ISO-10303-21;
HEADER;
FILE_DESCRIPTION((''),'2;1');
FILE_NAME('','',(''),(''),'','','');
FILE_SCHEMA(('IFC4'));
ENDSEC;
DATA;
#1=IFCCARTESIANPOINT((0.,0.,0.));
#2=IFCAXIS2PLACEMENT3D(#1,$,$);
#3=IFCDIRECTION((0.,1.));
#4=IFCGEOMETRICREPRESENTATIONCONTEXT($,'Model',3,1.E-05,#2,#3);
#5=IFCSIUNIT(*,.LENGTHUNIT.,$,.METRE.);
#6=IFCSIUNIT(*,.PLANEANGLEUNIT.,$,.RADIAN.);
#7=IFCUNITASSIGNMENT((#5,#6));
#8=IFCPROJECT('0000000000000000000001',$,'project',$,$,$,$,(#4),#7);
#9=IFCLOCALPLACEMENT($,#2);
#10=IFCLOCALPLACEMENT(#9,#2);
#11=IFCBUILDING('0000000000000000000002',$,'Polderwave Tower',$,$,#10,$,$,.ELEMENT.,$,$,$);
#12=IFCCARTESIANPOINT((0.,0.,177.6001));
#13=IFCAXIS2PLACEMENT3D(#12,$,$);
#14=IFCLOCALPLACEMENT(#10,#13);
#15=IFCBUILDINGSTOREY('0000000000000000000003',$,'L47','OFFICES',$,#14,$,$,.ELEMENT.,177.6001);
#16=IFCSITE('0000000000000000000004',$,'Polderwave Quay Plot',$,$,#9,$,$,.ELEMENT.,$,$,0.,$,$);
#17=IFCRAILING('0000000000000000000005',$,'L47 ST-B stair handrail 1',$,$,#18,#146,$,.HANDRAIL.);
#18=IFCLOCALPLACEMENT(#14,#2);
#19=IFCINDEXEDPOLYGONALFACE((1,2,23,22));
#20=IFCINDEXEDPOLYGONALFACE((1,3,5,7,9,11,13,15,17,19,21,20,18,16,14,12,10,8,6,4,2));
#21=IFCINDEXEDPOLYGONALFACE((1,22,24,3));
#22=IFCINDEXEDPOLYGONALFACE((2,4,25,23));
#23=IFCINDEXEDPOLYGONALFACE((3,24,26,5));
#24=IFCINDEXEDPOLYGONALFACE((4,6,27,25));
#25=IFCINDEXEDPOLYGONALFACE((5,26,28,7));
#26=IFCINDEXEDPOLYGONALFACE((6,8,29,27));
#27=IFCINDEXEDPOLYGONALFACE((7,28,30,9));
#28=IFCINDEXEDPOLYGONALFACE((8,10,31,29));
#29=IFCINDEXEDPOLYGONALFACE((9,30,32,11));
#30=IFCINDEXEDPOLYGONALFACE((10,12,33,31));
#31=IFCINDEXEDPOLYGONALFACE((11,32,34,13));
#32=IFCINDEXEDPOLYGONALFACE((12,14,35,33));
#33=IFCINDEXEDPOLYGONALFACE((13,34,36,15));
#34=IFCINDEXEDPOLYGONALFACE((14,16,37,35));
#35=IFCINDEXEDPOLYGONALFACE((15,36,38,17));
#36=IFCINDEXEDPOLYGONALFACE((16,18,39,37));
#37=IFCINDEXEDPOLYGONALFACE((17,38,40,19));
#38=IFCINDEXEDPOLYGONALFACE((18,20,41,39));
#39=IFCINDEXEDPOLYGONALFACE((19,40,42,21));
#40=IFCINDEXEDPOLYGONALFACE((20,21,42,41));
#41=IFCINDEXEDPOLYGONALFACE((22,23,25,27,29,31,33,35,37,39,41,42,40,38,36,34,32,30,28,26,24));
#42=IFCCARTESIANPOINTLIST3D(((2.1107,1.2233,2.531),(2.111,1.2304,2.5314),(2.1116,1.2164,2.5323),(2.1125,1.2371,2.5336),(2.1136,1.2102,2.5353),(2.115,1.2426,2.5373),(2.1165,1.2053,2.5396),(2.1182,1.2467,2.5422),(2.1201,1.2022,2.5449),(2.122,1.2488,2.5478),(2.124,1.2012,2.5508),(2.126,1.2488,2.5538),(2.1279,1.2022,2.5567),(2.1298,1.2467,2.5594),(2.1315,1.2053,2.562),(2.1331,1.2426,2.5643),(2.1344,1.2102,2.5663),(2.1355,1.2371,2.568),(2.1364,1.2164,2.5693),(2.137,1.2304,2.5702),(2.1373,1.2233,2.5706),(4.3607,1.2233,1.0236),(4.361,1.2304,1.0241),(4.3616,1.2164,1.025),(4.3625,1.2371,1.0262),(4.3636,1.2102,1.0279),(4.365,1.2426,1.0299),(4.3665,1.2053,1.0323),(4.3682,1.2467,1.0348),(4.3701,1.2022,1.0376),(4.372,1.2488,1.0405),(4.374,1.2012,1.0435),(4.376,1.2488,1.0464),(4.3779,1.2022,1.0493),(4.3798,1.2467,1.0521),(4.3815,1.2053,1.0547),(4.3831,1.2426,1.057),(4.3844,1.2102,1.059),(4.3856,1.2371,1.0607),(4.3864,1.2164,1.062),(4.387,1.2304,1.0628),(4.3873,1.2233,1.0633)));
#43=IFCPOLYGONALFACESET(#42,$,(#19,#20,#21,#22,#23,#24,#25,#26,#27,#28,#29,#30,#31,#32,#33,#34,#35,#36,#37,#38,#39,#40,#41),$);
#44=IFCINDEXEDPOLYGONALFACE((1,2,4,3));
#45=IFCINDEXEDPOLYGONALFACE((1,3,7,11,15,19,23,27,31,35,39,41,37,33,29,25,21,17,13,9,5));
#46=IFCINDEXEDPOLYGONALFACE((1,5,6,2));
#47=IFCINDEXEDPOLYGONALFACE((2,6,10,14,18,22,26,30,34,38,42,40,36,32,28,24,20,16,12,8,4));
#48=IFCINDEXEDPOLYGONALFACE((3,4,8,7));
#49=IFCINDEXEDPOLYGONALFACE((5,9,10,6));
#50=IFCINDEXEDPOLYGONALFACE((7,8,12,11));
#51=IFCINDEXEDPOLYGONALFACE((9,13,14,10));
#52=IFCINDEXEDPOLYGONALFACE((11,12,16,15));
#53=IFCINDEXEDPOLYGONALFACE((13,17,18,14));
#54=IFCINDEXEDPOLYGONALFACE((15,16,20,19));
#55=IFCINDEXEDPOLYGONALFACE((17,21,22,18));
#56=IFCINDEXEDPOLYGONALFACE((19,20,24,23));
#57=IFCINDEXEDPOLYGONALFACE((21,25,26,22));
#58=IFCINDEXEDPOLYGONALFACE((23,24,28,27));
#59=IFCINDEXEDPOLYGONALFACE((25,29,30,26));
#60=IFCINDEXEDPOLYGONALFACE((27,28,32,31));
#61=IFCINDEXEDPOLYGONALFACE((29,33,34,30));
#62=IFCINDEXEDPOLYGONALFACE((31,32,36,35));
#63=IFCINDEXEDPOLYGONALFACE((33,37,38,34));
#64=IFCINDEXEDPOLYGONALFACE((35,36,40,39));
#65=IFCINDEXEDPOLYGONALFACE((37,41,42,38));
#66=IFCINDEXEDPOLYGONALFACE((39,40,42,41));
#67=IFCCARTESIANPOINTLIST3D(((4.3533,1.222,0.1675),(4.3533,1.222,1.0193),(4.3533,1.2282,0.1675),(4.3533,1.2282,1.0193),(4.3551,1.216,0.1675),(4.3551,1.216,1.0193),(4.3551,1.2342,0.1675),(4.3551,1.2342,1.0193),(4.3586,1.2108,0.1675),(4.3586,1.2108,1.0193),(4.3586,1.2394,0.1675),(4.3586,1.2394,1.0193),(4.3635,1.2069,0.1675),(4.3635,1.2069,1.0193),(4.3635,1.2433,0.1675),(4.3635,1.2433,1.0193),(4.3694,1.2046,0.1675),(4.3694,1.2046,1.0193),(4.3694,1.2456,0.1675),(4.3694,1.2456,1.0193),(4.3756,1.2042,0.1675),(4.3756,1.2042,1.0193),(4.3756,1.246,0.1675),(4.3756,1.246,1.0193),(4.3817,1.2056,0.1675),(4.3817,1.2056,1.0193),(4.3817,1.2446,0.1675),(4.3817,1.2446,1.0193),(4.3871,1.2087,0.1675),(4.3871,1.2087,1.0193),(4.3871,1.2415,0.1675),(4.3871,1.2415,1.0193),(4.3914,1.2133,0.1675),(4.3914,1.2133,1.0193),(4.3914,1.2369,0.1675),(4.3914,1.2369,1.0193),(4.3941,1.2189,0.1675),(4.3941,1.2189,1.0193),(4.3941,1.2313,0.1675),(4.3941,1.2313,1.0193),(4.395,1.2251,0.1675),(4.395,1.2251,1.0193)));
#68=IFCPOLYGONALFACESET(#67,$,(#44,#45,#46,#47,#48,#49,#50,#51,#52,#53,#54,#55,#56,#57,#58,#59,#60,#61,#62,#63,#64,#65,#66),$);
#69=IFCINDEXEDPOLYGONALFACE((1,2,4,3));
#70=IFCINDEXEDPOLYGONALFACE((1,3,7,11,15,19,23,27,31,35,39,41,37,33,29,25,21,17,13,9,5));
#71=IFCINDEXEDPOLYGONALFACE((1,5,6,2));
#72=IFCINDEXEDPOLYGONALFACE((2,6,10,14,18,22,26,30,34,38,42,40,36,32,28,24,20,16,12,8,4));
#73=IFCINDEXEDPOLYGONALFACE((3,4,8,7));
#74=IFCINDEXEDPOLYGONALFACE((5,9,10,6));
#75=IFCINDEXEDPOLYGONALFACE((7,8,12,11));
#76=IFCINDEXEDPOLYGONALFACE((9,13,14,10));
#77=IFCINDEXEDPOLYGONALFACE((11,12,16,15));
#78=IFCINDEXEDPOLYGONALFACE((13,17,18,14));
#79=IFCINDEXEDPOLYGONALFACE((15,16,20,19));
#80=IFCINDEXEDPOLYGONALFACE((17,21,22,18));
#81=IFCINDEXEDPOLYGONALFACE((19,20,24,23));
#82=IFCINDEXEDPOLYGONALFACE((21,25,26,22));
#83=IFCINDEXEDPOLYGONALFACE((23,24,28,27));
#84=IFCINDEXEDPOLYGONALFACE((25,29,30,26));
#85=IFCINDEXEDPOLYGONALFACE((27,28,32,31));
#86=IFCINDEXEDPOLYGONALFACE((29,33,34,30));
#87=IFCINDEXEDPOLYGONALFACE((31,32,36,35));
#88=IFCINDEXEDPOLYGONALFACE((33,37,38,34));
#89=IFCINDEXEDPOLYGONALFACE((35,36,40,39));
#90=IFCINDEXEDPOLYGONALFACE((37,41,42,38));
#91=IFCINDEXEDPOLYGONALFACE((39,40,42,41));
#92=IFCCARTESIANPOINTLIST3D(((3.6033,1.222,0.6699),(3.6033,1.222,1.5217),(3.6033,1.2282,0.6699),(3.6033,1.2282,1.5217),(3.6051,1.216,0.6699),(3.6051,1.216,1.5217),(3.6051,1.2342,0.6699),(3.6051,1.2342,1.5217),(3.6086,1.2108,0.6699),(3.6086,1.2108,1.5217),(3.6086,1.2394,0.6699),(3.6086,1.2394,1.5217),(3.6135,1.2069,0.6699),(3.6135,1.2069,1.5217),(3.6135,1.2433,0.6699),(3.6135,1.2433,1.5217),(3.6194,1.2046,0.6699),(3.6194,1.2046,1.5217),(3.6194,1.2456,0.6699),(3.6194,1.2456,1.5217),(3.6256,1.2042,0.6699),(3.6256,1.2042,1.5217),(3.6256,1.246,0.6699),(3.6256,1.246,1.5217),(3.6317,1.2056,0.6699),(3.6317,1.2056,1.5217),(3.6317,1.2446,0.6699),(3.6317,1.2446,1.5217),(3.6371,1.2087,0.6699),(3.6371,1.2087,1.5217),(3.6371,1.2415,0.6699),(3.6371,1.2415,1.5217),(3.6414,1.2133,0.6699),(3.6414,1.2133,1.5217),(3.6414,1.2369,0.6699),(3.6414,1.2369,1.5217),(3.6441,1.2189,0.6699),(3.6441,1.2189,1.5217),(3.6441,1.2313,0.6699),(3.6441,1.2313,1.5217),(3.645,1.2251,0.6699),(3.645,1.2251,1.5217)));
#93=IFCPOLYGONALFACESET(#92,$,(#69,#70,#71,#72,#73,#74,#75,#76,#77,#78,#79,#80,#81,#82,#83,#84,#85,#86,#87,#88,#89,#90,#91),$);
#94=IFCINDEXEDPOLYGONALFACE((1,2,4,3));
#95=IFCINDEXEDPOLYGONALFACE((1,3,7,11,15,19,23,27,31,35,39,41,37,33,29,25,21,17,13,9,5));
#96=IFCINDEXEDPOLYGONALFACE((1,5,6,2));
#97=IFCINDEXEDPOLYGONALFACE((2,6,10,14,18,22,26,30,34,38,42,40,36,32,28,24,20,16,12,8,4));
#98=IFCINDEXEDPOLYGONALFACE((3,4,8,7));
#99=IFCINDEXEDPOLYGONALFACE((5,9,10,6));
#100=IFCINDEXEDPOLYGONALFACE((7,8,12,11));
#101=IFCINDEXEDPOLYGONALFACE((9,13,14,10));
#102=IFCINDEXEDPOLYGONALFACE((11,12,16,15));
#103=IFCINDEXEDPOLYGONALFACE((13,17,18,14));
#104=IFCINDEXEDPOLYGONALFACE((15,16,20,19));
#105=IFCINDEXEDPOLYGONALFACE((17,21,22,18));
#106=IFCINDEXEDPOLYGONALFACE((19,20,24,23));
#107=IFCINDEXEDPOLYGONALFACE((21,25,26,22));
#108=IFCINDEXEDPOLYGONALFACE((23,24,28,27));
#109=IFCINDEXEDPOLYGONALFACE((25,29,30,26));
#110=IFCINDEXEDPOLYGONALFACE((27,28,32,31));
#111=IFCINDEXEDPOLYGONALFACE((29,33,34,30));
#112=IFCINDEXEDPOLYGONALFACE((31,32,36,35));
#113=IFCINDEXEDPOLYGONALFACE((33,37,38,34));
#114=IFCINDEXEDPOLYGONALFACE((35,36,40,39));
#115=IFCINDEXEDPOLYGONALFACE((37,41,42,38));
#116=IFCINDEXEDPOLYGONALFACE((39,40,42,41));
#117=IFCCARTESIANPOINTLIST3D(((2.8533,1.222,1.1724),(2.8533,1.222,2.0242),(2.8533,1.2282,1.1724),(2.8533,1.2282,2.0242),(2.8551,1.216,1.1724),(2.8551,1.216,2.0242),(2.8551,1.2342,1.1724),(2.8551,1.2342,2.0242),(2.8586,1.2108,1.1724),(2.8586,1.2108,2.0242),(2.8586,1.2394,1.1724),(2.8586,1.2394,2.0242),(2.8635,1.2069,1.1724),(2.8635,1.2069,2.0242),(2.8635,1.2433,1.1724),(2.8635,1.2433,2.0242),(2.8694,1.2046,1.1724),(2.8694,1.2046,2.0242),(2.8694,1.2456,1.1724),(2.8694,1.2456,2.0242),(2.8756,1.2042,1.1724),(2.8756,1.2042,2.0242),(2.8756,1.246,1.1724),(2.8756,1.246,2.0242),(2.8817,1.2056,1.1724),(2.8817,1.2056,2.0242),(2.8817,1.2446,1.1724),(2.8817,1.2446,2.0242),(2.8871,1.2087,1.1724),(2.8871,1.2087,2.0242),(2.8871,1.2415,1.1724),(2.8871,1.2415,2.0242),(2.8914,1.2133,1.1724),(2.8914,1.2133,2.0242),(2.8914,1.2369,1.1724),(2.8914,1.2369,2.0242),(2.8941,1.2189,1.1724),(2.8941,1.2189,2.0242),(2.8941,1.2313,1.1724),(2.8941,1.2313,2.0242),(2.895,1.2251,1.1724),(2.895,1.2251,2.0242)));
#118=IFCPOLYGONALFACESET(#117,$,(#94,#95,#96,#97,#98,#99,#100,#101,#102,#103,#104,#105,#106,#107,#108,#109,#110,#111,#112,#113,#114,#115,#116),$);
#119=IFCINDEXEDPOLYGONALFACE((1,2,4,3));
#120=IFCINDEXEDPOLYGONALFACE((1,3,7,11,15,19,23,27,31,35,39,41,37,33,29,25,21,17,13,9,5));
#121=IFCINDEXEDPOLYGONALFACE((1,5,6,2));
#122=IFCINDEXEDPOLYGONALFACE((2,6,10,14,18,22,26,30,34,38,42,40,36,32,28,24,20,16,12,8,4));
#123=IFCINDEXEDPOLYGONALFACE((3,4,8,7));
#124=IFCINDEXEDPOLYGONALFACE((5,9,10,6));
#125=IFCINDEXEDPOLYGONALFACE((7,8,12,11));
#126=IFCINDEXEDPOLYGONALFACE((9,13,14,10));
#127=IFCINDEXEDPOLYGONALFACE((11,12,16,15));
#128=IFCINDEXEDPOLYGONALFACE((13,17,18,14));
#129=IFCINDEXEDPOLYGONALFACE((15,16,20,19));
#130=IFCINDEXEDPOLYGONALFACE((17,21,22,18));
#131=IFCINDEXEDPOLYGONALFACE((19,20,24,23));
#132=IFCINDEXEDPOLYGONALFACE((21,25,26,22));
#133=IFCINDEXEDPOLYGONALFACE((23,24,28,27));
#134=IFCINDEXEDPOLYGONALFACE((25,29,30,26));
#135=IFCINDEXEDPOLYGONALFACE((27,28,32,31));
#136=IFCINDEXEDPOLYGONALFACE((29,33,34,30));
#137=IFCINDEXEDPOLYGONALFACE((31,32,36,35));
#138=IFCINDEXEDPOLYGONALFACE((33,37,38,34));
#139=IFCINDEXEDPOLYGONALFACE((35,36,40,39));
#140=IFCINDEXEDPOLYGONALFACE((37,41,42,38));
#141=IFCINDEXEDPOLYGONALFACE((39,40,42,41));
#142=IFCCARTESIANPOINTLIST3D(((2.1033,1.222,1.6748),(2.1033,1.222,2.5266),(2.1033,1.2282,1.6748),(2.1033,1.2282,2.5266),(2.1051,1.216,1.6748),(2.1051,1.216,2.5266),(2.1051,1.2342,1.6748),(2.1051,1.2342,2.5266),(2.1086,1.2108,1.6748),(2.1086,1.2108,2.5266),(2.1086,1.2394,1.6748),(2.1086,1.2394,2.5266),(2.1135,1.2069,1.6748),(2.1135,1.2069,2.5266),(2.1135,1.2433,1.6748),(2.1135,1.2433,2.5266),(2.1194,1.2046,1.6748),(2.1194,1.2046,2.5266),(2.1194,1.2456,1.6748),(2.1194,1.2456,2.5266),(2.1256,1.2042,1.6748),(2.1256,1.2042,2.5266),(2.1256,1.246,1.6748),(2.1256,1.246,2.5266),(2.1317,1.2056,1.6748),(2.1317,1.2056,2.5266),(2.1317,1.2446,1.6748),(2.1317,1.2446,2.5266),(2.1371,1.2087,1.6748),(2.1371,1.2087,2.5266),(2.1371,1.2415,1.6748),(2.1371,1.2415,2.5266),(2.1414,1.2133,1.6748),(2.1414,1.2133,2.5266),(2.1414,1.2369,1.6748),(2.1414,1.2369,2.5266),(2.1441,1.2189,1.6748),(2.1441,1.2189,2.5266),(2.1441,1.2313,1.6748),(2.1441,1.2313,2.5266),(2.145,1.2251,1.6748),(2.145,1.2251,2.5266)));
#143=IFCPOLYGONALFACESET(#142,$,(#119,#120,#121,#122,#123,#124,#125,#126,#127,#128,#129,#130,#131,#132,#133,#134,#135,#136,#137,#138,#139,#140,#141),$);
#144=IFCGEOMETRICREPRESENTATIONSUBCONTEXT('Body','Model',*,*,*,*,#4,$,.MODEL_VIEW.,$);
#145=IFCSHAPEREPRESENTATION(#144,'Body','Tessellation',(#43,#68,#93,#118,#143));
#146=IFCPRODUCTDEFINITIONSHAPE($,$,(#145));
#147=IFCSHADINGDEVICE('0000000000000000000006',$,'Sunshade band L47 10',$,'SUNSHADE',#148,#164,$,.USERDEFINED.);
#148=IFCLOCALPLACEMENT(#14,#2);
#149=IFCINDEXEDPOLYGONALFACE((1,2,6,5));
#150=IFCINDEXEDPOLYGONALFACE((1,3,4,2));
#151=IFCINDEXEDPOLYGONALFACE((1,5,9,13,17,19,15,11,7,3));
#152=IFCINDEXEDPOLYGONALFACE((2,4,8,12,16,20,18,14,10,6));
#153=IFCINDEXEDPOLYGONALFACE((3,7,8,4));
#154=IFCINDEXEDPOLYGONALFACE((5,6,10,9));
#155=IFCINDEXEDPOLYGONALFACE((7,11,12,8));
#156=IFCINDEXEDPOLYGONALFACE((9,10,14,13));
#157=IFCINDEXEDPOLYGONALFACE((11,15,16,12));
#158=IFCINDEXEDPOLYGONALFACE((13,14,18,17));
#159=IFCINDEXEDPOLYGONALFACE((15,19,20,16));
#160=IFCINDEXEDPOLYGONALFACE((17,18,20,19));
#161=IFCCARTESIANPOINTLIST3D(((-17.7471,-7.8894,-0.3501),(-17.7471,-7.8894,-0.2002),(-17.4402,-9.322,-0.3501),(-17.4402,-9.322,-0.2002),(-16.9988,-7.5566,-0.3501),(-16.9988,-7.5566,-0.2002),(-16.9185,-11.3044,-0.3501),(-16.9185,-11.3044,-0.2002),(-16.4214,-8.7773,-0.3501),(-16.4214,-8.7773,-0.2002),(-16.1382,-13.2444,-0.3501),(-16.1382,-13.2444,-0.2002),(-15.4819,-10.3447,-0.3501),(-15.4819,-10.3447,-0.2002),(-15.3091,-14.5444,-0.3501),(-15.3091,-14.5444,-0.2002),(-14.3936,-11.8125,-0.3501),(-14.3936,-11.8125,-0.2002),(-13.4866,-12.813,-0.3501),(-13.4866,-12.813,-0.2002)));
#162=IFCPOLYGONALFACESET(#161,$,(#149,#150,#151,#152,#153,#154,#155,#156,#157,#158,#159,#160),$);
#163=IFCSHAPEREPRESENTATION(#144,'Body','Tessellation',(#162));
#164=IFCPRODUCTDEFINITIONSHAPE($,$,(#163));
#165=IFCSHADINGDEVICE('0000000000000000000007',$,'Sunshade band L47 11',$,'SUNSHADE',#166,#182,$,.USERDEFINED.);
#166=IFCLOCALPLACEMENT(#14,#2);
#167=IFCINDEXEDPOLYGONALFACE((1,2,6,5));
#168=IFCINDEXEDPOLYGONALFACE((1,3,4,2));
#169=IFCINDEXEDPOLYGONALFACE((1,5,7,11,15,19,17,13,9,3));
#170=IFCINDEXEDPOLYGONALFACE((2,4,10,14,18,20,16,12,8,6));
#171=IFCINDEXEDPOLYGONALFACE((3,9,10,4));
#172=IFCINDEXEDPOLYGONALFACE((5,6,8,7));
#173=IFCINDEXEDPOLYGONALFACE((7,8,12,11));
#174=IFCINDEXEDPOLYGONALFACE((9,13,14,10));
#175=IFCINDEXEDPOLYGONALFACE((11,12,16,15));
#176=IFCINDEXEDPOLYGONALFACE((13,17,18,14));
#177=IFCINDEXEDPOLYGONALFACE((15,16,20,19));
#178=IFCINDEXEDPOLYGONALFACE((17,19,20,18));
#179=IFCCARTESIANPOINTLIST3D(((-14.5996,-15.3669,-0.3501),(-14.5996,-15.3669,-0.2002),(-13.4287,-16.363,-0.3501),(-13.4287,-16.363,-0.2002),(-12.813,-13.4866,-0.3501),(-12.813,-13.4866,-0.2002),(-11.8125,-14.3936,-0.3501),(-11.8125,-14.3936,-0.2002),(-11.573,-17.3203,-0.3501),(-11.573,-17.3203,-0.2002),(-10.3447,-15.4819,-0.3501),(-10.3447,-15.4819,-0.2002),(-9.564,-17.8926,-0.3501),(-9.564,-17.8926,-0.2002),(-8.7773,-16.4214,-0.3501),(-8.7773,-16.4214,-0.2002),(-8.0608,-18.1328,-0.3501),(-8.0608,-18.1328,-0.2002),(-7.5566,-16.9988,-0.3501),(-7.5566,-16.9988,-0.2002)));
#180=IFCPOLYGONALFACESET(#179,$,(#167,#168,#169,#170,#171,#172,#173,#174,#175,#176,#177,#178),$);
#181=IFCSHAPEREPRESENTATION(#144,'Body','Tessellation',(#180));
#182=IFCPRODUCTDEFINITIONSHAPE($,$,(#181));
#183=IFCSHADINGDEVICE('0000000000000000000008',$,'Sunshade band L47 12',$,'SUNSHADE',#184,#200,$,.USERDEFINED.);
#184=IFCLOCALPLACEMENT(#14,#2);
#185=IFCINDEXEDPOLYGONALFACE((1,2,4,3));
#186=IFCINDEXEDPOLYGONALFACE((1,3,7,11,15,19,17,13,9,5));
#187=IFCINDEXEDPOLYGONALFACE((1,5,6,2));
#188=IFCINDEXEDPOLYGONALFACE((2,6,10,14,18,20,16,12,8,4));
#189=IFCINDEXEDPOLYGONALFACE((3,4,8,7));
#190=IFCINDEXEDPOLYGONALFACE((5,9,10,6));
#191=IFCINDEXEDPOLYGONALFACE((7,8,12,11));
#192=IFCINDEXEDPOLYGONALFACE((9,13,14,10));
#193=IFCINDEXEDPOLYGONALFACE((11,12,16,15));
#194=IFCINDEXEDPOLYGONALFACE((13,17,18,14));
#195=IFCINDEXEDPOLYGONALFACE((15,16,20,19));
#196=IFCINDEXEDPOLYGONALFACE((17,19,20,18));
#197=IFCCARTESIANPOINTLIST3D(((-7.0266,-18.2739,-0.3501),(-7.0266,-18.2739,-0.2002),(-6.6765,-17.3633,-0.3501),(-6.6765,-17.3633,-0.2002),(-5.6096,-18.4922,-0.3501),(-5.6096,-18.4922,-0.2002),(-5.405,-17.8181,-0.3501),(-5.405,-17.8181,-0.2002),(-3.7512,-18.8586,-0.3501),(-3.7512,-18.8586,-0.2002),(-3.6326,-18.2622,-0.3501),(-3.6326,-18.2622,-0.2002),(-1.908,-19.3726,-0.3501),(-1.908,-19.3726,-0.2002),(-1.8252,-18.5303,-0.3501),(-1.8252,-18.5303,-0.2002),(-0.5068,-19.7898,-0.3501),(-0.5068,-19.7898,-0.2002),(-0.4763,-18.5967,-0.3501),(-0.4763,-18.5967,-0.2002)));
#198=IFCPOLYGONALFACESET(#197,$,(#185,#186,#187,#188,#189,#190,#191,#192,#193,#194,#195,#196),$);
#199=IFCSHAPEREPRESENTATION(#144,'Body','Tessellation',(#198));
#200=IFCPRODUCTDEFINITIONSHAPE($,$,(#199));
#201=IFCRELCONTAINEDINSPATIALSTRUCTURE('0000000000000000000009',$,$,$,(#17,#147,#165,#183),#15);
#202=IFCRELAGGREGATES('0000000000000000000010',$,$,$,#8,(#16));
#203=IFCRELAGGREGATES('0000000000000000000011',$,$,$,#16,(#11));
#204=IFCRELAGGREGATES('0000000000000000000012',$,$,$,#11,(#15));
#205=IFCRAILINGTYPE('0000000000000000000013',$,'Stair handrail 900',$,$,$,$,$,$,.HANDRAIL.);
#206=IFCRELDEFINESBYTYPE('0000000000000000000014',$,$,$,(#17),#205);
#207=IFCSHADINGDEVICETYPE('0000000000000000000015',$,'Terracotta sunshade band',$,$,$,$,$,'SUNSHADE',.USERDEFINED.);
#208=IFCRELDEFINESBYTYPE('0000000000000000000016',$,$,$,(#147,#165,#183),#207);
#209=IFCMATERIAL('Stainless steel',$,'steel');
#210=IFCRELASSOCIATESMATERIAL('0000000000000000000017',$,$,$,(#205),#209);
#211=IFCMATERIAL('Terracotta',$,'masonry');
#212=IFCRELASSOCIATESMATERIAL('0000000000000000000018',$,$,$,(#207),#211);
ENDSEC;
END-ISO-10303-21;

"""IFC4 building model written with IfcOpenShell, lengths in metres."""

from ifc_helpers import new_model, si_unit, direction, frame, origin, origin_2d, place, context, subcontext, project, spatial, polyline, circle, outline, extrude, material, type_object, element, save


model = new_model("IFC4")

# Units and contexts
model_context = context("Model", 3, precision=1e-05, world=origin(), true_north=direction((0.0, 1.0)))
body_context = subcontext(model_context, "Body", "Model", "MODEL_VIEW")
ifc_project = project(units=[si_unit("LENGTHUNIT", "METRE"), si_unit("PLANEANGLEUNIT", "RADIAN")], contexts=[model_context])

# Site, building, storey
site_placement = place(None, origin())
site = spatial("IfcSite", under=ifc_project, at=site_placement, Name="Polderwave Quay Plot", CompositionType="ELEMENT", RefElevation=0.0)
building_placement = place(site_placement, origin())
building = spatial("IfcBuilding", under=site, at=building_placement, Name="Polderwave Tower", CompositionType="ELEMENT")
storey_placement = place(building_placement, frame((0.0, 0.0, 177.6001)))
storey = spatial("IfcBuildingStorey", under=building, at=storey_placement, Name="L47", Description="OFFICES", CompositionType="ELEMENT", Elevation=177.6001)

# Railing
ifc_material_1 = material(Name="Stainless steel", Category="steel")
railing_type_1 = type_object("IfcRailingType", Name="Stair handrail 900", PredefinedType="HANDRAIL", material=ifc_material_1)
railing_1_placement = place(storey_placement, frame((4.374, 1.2251, 0.1675)))
element("IfcRailing", 1, at=railing_1_placement, inside=storey, type_object=railing_type_1, Name="L47 ST-B stair handrail 1", PredefinedType="HANDRAIL", context=body_context, shape_type="SweptSolid", body=[
    extrude(circle(Radius=0.0239, at=origin_2d()), frame((0.0, 0.0, 0.876), z_axis=(-0.8308, 0.0, 0.556571), x_axis=(0.0, -1.0, 0.0)), (0.0, 0.0, 1.0), 2.7083),
    extrude(circle(Radius=0.021, at=origin_2d()), origin(), (0.0, 0.0, 1.0), 0.8518),
    extrude(circle(Radius=0.021, at=origin_2d()), frame((-0.75, 0.0, 0.5024)), (0.0, 0.0, 1.0), 0.8518),
    extrude(circle(Radius=0.021, at=origin_2d()), frame((-1.5, 0.0, 1.0049)), (0.0, 0.0, 1.0), 0.8518),
    extrude(circle(Radius=0.021, at=origin_2d()), frame((-2.25, 0.0, 1.5073)), (0.0, 0.0, 1.0), 0.8518),
])

# Shading devices
ifc_material_2 = material(Name="Terracotta", Category="masonry")
shading_device_type = type_object("IfcShadingDeviceType", Name="Terracotta sunshade band", ElementType="SUNSHADE", PredefinedType="USERDEFINED", material=ifc_material_2)
shading_device_1_placement = place(storey_placement, frame((0.0, 0.0, -0.3501)))
element("IfcShadingDevice", 2, at=shading_device_1_placement, inside=storey, type_object=shading_device_type, Name="Sunshade band L47 10", ObjectType="SUNSHADE", PredefinedType="USERDEFINED", context=body_context, shape_type="SweptSolid", body=[
    extrude(outline(polyline([(-16.9988, -7.5566), (-16.4214, -8.7773), (-15.4819, -10.3447), (-14.3936, -11.8125), (-13.4866, -12.813), (-15.3091, -14.5444), (-16.1382, -13.2444), (-16.9185, -11.3044), (-17.4402, -9.322), (-17.7471, -7.8894), (-16.9988, -7.5566)])), origin(), (0.0, 0.0, 1.0), 0.1499),
])
shading_device_2_placement = place(storey_placement, frame((0.0, 0.0, -0.3501)))
element("IfcShadingDevice", 3, at=shading_device_2_placement, inside=storey, type_object=shading_device_type, Name="Sunshade band L47 11", ObjectType="SUNSHADE", PredefinedType="USERDEFINED", context=body_context, shape_type="SweptSolid", body=[
    extrude(outline(polyline([(-12.813, -13.4866), (-11.8125, -14.3936), (-10.3447, -15.4819), (-8.7773, -16.4214), (-7.5566, -16.9988), (-8.0608, -18.1328), (-9.564, -17.8926), (-11.573, -17.3203), (-13.4287, -16.363), (-14.5996, -15.3669), (-12.813, -13.4866)])), origin(), (0.0, 0.0, 1.0), 0.1499),
])
shading_device_3_placement = place(storey_placement, frame((0.0, 0.0, -0.3501)))
element("IfcShadingDevice", 4, at=shading_device_3_placement, inside=storey, type_object=shading_device_type, Name="Sunshade band L47 12", ObjectType="SUNSHADE", PredefinedType="USERDEFINED", context=body_context, shape_type="SweptSolid", body=[
    extrude(outline(polyline([(-6.6765, -17.3633), (-5.405, -17.8181), (-3.6326, -18.2622), (-1.8252, -18.5303), (-0.4763, -18.5967), (-0.5068, -19.7898), (-1.908, -19.3726), (-3.7512, -18.8586), (-5.6096, -18.4922), (-7.0266, -18.2739), (-6.6765, -17.3633)])), origin(), (0.0, 0.0, 1.0), 0.1499),
])

save(model, "model.ifc")
